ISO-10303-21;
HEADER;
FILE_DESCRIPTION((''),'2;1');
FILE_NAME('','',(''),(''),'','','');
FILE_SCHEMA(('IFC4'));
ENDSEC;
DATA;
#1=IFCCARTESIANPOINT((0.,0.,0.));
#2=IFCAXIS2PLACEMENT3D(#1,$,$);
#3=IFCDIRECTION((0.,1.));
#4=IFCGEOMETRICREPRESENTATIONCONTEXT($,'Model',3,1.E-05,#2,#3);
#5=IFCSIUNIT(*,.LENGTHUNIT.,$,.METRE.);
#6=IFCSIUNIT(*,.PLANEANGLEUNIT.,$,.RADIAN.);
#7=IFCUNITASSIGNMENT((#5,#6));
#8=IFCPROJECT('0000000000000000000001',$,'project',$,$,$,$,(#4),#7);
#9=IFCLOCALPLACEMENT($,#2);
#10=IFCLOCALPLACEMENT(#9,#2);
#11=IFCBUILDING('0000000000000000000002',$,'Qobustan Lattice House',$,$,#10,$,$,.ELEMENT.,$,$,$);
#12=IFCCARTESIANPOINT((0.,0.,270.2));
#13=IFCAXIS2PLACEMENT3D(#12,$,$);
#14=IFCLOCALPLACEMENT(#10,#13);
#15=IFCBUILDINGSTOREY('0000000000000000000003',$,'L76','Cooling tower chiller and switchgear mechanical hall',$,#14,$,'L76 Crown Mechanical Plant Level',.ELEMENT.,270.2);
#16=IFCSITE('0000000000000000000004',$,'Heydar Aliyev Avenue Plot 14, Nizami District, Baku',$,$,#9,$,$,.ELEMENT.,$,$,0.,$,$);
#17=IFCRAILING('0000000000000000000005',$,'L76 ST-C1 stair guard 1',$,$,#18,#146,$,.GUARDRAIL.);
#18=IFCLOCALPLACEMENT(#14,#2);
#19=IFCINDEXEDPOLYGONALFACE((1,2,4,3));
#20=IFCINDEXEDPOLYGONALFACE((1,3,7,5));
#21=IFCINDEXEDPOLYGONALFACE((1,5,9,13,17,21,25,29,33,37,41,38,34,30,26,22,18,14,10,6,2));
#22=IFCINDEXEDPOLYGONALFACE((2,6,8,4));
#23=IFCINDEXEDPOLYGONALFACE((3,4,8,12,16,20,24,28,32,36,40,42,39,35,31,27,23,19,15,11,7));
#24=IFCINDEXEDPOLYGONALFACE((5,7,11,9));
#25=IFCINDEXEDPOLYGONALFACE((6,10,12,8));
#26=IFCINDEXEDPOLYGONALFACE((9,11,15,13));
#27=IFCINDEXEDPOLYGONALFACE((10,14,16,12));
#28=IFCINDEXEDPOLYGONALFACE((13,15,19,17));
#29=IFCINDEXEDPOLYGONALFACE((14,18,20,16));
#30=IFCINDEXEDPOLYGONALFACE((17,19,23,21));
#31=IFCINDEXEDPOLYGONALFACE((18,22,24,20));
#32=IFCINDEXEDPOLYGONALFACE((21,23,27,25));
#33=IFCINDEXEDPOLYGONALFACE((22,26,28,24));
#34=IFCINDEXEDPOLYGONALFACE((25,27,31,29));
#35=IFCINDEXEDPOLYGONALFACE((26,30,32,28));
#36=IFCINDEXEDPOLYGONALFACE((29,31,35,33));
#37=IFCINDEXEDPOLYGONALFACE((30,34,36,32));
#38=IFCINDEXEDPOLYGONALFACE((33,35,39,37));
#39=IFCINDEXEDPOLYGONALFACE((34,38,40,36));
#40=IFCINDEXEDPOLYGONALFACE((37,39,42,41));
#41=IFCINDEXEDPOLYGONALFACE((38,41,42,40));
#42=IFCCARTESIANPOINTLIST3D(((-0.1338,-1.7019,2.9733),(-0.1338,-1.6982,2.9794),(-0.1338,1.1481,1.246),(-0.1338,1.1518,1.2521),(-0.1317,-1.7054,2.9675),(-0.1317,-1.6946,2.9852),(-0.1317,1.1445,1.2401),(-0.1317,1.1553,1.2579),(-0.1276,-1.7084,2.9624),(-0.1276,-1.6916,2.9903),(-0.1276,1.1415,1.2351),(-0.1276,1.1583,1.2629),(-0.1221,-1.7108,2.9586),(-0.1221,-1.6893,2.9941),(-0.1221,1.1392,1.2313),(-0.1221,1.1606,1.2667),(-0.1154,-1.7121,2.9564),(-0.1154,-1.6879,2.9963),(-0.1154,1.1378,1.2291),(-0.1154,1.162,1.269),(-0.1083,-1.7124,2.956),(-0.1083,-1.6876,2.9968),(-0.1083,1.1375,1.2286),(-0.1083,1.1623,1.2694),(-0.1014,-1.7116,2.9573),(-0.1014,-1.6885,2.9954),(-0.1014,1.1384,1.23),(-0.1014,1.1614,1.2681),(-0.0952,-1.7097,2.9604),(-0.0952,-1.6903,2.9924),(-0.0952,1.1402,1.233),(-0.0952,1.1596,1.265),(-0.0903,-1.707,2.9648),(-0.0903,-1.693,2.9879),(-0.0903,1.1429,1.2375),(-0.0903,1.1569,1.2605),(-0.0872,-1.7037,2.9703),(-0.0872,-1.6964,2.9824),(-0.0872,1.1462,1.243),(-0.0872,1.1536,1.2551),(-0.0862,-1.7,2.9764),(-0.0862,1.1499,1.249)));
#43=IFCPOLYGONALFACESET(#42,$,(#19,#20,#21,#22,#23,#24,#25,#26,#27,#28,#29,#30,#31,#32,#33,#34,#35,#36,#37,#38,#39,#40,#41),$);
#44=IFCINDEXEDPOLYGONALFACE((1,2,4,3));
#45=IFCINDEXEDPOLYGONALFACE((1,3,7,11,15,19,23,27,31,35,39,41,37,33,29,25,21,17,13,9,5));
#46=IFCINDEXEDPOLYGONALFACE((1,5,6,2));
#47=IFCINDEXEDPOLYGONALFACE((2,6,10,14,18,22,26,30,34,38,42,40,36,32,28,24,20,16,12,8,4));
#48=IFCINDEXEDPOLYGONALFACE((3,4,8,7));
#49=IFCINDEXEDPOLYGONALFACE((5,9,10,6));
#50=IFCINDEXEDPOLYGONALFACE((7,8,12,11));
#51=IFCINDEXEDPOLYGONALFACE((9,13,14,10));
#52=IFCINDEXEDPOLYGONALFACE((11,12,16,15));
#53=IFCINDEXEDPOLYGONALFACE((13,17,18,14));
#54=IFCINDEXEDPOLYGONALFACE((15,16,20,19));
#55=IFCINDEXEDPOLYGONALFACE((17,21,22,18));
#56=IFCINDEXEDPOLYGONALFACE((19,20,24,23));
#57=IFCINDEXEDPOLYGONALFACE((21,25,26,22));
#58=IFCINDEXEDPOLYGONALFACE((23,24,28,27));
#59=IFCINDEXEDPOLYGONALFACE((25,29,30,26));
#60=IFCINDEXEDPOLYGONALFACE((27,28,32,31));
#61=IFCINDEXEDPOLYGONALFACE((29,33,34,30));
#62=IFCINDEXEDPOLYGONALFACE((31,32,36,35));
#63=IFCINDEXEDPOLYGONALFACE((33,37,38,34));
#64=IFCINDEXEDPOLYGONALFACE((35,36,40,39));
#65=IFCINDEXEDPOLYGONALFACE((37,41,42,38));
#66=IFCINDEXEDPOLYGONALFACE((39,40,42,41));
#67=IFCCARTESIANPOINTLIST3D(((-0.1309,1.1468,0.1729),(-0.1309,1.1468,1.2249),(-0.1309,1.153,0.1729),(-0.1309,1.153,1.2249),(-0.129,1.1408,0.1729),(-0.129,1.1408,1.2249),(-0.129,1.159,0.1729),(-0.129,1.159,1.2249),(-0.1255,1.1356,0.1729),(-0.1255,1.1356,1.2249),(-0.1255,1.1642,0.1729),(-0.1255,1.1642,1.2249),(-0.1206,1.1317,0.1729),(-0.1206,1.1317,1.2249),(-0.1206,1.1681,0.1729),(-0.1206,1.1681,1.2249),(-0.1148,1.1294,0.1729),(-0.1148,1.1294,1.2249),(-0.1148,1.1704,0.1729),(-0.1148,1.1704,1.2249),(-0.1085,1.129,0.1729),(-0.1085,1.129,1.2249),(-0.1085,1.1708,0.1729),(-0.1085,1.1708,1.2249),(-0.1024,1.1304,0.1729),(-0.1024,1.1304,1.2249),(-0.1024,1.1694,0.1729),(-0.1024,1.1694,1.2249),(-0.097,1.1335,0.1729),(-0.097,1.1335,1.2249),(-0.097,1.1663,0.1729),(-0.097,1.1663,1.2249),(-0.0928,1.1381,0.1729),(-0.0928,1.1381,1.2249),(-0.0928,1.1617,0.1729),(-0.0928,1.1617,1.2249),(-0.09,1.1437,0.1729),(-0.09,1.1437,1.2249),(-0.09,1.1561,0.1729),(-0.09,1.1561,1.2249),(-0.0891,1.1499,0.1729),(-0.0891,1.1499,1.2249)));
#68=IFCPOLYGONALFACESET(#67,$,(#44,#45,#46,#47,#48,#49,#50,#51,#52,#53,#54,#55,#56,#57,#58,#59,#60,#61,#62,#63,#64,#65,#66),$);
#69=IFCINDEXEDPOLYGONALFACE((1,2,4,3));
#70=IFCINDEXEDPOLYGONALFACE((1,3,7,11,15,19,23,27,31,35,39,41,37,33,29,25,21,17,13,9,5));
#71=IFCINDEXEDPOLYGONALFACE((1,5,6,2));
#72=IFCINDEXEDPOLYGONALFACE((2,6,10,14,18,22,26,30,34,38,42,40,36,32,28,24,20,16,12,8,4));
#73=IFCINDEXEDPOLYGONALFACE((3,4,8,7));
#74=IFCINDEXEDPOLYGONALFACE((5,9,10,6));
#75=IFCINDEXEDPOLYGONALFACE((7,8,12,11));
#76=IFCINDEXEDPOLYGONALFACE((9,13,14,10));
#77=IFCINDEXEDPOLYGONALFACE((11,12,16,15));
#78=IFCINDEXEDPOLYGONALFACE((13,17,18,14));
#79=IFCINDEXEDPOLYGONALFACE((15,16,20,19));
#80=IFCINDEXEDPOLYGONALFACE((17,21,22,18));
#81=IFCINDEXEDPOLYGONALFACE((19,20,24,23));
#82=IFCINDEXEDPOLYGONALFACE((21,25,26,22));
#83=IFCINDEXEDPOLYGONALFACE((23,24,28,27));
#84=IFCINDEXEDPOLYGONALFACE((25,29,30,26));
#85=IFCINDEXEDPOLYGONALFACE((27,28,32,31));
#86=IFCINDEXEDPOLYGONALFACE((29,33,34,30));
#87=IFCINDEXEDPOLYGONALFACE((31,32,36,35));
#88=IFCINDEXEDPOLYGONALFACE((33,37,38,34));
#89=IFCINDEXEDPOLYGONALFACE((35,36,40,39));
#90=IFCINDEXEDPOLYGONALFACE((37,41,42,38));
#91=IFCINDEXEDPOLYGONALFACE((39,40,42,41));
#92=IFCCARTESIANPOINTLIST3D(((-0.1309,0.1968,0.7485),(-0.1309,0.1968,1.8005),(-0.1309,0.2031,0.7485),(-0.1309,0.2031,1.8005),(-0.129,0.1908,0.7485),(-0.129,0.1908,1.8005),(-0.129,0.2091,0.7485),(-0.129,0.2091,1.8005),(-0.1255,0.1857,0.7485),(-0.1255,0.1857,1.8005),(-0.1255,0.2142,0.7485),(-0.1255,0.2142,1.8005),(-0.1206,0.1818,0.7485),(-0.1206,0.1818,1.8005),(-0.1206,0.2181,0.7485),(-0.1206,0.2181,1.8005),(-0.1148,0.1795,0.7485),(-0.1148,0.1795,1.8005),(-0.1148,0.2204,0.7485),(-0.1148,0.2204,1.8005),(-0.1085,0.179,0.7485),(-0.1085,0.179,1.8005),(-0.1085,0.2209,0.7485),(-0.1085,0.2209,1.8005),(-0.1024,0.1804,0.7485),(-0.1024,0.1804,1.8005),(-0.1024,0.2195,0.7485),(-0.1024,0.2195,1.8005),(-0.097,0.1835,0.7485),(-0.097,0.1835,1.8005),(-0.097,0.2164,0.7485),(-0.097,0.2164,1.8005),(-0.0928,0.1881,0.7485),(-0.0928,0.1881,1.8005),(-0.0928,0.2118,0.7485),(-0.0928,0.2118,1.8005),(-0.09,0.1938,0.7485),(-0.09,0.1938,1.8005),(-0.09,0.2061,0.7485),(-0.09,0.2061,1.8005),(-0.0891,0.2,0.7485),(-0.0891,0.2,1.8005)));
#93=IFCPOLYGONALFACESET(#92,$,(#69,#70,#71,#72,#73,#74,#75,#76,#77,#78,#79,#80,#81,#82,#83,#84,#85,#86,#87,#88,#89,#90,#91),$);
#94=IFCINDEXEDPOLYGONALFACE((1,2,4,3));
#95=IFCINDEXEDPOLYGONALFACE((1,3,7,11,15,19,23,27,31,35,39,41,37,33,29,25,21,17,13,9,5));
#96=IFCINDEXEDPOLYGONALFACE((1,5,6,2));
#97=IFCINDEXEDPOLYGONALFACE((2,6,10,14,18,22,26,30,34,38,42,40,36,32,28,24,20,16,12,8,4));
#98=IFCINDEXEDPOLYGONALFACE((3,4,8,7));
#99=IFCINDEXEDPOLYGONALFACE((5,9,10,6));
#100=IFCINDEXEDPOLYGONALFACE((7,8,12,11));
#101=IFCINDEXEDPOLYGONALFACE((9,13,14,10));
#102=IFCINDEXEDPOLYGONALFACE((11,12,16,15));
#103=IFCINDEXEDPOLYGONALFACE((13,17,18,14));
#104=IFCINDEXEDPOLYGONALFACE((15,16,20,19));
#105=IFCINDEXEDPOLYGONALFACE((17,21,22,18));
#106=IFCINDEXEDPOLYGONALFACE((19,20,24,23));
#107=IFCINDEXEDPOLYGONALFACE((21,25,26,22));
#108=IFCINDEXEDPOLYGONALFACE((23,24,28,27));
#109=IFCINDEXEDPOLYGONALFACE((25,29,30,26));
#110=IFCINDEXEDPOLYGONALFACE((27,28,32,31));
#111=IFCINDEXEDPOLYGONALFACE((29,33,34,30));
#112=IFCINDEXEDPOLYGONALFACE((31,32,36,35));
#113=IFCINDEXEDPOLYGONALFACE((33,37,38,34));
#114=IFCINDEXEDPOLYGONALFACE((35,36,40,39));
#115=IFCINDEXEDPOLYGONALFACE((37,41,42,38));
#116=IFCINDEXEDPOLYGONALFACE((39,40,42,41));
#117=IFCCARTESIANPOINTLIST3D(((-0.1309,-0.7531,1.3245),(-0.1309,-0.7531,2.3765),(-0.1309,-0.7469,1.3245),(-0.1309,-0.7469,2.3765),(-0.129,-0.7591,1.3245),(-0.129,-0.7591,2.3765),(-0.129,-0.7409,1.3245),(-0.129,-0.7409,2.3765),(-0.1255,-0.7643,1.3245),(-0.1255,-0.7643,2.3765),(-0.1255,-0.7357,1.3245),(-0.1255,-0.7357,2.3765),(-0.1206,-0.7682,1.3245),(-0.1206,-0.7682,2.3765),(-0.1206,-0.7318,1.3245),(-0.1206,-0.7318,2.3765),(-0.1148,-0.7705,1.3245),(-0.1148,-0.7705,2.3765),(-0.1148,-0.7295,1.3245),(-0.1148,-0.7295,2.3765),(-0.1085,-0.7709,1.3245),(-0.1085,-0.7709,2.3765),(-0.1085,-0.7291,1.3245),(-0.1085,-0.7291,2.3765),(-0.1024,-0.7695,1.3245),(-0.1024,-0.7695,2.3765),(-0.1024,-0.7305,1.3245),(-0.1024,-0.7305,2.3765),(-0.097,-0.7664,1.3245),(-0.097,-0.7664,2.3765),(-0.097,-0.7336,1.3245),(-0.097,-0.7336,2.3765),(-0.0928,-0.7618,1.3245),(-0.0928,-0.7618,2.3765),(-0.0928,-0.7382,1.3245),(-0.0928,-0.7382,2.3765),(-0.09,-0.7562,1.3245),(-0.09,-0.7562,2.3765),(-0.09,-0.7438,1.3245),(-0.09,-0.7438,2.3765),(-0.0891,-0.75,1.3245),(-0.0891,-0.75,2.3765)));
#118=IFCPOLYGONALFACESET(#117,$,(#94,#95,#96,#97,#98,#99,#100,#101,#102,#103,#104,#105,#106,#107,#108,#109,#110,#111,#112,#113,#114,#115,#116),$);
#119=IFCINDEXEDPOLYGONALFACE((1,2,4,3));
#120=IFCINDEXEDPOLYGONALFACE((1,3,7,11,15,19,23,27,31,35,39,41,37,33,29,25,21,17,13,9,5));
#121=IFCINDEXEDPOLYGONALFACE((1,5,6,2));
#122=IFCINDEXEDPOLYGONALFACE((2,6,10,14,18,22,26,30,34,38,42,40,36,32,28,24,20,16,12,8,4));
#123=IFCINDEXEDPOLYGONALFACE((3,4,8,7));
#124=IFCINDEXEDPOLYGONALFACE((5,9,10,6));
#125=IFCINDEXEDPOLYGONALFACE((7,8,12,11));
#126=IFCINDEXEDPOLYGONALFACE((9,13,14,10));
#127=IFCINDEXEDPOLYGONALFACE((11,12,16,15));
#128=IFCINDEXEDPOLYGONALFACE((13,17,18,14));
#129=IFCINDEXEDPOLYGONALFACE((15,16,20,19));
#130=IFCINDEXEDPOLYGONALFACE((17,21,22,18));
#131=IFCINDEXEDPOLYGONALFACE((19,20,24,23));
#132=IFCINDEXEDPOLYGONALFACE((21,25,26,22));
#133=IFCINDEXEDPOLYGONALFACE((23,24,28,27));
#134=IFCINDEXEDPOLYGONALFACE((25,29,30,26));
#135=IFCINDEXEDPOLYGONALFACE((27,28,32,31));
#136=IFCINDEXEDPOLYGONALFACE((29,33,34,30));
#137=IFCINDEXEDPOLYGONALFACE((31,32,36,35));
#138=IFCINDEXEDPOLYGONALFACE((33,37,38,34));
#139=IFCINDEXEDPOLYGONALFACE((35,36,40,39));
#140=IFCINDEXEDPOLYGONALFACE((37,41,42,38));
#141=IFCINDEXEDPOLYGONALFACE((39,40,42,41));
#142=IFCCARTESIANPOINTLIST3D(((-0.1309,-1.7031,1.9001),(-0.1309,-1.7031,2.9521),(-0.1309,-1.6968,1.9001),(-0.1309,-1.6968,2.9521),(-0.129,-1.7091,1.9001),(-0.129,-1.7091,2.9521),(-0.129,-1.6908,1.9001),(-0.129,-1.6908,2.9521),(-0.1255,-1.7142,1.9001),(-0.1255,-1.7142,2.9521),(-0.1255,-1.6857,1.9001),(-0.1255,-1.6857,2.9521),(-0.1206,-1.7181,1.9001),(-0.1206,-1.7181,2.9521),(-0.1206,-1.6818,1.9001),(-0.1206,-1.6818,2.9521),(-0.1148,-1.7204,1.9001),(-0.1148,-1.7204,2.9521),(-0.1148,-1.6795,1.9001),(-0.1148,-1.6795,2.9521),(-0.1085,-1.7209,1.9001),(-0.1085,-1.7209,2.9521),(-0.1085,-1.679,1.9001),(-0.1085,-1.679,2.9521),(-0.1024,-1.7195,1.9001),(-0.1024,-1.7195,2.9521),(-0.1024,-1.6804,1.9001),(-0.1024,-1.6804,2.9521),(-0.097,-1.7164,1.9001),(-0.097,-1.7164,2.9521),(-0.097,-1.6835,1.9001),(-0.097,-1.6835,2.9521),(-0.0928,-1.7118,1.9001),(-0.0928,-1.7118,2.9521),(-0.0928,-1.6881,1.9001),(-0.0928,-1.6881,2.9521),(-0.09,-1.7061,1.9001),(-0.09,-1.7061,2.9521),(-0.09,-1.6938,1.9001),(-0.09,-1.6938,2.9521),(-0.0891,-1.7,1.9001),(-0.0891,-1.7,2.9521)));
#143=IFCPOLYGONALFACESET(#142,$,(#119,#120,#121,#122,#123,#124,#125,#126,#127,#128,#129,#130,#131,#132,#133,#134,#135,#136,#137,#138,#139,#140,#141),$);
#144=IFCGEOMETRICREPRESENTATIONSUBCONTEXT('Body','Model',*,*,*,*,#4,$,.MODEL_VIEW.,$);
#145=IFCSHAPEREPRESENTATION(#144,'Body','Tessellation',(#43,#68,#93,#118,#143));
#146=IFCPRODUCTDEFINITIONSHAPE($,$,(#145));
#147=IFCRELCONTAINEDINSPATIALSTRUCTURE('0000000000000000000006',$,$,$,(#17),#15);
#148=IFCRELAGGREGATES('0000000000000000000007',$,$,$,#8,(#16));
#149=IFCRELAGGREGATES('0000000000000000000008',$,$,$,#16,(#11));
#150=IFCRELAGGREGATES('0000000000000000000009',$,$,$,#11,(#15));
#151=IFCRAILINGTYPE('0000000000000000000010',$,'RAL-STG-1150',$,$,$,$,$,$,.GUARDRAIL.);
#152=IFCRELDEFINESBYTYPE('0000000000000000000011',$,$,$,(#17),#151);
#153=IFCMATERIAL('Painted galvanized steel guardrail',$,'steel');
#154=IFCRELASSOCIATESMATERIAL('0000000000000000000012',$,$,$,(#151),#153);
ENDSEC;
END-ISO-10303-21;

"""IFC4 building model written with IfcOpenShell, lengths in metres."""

from ifc_helpers import new_model, si_unit, direction, frame, origin, origin_2d, place, context, subcontext, project, spatial, circle, extrude, material, type_object, element, save


model = new_model("IFC4")

# Units and contexts
model_context = context("Model", 3, precision=1e-05, world=origin(), true_north=direction((0.0, 1.0)))
body_context = subcontext(model_context, "Body", "Model", "MODEL_VIEW")
ifc_project = project(units=[si_unit("LENGTHUNIT", "METRE"), si_unit("PLANEANGLEUNIT", "RADIAN")], contexts=[model_context])

# Site, building, storey
site_placement = place(None, origin())
site = spatial("IfcSite", under=ifc_project, at=site_placement, Name="Heydar Aliyev Avenue Plot 14, Nizami District, Baku", CompositionType="ELEMENT", RefElevation=0.0)
building_placement = place(site_placement, origin())
building = spatial("IfcBuilding", under=site, at=building_placement, Name="Qobustan Lattice House", CompositionType="ELEMENT")
storey_placement = place(building_placement, frame((0.0, 0.0, 270.2)))
storey = spatial("IfcBuildingStorey", under=building, at=storey_placement, Name="L76", Description="Cooling tower chiller and switchgear mechanical hall", LongName="L76 Crown Mechanical Plant Level", CompositionType="ELEMENT", Elevation=270.2)

# Railing
ifc_material_1 = material(Name="Painted galvanized steel guardrail", Category="steel")
railing_type_1 = type_object("IfcRailingType", Name="RAL-STG-1150", PredefinedType="GUARDRAIL", material=ifc_material_1)
railing_1_placement = place(storey_placement, frame((-0.1101, 1.1499, 0.1729)))
element("IfcRailing", 1, at=railing_1_placement, inside=storey, type_object=railing_type_1, Name="L76 ST-C1 stair guard 1", PredefinedType="GUARDRAIL", context=body_context, shape_type="SweptSolid", body=[
    extrude(circle(Radius=0.0239, at=origin_2d()), frame((0.0, 0.0, 1.0762), z_axis=(0.0, -0.855183, 0.518326), x_axis=(1.0, 0.0, 0.0)), (0.0, 0.0, 1.0), 3.3325),
    extrude(circle(Radius=0.021, at=origin_2d()), origin(), (0.0, 0.0, 1.0), 1.052),
    extrude(circle(Radius=0.021, at=origin_2d()), frame((0.0, -0.95, 0.5757)), (0.0, 0.0, 1.0), 1.052),
    extrude(circle(Radius=0.021, at=origin_2d()), frame((0.0, -1.8999, 1.1516)), (0.0, 0.0, 1.0), 1.052),
    extrude(circle(Radius=0.021, at=origin_2d()), frame((0.0, -2.8499, 1.7273)), (0.0, 0.0, 1.0), 1.052),
])

save(model, "model.ifc")
